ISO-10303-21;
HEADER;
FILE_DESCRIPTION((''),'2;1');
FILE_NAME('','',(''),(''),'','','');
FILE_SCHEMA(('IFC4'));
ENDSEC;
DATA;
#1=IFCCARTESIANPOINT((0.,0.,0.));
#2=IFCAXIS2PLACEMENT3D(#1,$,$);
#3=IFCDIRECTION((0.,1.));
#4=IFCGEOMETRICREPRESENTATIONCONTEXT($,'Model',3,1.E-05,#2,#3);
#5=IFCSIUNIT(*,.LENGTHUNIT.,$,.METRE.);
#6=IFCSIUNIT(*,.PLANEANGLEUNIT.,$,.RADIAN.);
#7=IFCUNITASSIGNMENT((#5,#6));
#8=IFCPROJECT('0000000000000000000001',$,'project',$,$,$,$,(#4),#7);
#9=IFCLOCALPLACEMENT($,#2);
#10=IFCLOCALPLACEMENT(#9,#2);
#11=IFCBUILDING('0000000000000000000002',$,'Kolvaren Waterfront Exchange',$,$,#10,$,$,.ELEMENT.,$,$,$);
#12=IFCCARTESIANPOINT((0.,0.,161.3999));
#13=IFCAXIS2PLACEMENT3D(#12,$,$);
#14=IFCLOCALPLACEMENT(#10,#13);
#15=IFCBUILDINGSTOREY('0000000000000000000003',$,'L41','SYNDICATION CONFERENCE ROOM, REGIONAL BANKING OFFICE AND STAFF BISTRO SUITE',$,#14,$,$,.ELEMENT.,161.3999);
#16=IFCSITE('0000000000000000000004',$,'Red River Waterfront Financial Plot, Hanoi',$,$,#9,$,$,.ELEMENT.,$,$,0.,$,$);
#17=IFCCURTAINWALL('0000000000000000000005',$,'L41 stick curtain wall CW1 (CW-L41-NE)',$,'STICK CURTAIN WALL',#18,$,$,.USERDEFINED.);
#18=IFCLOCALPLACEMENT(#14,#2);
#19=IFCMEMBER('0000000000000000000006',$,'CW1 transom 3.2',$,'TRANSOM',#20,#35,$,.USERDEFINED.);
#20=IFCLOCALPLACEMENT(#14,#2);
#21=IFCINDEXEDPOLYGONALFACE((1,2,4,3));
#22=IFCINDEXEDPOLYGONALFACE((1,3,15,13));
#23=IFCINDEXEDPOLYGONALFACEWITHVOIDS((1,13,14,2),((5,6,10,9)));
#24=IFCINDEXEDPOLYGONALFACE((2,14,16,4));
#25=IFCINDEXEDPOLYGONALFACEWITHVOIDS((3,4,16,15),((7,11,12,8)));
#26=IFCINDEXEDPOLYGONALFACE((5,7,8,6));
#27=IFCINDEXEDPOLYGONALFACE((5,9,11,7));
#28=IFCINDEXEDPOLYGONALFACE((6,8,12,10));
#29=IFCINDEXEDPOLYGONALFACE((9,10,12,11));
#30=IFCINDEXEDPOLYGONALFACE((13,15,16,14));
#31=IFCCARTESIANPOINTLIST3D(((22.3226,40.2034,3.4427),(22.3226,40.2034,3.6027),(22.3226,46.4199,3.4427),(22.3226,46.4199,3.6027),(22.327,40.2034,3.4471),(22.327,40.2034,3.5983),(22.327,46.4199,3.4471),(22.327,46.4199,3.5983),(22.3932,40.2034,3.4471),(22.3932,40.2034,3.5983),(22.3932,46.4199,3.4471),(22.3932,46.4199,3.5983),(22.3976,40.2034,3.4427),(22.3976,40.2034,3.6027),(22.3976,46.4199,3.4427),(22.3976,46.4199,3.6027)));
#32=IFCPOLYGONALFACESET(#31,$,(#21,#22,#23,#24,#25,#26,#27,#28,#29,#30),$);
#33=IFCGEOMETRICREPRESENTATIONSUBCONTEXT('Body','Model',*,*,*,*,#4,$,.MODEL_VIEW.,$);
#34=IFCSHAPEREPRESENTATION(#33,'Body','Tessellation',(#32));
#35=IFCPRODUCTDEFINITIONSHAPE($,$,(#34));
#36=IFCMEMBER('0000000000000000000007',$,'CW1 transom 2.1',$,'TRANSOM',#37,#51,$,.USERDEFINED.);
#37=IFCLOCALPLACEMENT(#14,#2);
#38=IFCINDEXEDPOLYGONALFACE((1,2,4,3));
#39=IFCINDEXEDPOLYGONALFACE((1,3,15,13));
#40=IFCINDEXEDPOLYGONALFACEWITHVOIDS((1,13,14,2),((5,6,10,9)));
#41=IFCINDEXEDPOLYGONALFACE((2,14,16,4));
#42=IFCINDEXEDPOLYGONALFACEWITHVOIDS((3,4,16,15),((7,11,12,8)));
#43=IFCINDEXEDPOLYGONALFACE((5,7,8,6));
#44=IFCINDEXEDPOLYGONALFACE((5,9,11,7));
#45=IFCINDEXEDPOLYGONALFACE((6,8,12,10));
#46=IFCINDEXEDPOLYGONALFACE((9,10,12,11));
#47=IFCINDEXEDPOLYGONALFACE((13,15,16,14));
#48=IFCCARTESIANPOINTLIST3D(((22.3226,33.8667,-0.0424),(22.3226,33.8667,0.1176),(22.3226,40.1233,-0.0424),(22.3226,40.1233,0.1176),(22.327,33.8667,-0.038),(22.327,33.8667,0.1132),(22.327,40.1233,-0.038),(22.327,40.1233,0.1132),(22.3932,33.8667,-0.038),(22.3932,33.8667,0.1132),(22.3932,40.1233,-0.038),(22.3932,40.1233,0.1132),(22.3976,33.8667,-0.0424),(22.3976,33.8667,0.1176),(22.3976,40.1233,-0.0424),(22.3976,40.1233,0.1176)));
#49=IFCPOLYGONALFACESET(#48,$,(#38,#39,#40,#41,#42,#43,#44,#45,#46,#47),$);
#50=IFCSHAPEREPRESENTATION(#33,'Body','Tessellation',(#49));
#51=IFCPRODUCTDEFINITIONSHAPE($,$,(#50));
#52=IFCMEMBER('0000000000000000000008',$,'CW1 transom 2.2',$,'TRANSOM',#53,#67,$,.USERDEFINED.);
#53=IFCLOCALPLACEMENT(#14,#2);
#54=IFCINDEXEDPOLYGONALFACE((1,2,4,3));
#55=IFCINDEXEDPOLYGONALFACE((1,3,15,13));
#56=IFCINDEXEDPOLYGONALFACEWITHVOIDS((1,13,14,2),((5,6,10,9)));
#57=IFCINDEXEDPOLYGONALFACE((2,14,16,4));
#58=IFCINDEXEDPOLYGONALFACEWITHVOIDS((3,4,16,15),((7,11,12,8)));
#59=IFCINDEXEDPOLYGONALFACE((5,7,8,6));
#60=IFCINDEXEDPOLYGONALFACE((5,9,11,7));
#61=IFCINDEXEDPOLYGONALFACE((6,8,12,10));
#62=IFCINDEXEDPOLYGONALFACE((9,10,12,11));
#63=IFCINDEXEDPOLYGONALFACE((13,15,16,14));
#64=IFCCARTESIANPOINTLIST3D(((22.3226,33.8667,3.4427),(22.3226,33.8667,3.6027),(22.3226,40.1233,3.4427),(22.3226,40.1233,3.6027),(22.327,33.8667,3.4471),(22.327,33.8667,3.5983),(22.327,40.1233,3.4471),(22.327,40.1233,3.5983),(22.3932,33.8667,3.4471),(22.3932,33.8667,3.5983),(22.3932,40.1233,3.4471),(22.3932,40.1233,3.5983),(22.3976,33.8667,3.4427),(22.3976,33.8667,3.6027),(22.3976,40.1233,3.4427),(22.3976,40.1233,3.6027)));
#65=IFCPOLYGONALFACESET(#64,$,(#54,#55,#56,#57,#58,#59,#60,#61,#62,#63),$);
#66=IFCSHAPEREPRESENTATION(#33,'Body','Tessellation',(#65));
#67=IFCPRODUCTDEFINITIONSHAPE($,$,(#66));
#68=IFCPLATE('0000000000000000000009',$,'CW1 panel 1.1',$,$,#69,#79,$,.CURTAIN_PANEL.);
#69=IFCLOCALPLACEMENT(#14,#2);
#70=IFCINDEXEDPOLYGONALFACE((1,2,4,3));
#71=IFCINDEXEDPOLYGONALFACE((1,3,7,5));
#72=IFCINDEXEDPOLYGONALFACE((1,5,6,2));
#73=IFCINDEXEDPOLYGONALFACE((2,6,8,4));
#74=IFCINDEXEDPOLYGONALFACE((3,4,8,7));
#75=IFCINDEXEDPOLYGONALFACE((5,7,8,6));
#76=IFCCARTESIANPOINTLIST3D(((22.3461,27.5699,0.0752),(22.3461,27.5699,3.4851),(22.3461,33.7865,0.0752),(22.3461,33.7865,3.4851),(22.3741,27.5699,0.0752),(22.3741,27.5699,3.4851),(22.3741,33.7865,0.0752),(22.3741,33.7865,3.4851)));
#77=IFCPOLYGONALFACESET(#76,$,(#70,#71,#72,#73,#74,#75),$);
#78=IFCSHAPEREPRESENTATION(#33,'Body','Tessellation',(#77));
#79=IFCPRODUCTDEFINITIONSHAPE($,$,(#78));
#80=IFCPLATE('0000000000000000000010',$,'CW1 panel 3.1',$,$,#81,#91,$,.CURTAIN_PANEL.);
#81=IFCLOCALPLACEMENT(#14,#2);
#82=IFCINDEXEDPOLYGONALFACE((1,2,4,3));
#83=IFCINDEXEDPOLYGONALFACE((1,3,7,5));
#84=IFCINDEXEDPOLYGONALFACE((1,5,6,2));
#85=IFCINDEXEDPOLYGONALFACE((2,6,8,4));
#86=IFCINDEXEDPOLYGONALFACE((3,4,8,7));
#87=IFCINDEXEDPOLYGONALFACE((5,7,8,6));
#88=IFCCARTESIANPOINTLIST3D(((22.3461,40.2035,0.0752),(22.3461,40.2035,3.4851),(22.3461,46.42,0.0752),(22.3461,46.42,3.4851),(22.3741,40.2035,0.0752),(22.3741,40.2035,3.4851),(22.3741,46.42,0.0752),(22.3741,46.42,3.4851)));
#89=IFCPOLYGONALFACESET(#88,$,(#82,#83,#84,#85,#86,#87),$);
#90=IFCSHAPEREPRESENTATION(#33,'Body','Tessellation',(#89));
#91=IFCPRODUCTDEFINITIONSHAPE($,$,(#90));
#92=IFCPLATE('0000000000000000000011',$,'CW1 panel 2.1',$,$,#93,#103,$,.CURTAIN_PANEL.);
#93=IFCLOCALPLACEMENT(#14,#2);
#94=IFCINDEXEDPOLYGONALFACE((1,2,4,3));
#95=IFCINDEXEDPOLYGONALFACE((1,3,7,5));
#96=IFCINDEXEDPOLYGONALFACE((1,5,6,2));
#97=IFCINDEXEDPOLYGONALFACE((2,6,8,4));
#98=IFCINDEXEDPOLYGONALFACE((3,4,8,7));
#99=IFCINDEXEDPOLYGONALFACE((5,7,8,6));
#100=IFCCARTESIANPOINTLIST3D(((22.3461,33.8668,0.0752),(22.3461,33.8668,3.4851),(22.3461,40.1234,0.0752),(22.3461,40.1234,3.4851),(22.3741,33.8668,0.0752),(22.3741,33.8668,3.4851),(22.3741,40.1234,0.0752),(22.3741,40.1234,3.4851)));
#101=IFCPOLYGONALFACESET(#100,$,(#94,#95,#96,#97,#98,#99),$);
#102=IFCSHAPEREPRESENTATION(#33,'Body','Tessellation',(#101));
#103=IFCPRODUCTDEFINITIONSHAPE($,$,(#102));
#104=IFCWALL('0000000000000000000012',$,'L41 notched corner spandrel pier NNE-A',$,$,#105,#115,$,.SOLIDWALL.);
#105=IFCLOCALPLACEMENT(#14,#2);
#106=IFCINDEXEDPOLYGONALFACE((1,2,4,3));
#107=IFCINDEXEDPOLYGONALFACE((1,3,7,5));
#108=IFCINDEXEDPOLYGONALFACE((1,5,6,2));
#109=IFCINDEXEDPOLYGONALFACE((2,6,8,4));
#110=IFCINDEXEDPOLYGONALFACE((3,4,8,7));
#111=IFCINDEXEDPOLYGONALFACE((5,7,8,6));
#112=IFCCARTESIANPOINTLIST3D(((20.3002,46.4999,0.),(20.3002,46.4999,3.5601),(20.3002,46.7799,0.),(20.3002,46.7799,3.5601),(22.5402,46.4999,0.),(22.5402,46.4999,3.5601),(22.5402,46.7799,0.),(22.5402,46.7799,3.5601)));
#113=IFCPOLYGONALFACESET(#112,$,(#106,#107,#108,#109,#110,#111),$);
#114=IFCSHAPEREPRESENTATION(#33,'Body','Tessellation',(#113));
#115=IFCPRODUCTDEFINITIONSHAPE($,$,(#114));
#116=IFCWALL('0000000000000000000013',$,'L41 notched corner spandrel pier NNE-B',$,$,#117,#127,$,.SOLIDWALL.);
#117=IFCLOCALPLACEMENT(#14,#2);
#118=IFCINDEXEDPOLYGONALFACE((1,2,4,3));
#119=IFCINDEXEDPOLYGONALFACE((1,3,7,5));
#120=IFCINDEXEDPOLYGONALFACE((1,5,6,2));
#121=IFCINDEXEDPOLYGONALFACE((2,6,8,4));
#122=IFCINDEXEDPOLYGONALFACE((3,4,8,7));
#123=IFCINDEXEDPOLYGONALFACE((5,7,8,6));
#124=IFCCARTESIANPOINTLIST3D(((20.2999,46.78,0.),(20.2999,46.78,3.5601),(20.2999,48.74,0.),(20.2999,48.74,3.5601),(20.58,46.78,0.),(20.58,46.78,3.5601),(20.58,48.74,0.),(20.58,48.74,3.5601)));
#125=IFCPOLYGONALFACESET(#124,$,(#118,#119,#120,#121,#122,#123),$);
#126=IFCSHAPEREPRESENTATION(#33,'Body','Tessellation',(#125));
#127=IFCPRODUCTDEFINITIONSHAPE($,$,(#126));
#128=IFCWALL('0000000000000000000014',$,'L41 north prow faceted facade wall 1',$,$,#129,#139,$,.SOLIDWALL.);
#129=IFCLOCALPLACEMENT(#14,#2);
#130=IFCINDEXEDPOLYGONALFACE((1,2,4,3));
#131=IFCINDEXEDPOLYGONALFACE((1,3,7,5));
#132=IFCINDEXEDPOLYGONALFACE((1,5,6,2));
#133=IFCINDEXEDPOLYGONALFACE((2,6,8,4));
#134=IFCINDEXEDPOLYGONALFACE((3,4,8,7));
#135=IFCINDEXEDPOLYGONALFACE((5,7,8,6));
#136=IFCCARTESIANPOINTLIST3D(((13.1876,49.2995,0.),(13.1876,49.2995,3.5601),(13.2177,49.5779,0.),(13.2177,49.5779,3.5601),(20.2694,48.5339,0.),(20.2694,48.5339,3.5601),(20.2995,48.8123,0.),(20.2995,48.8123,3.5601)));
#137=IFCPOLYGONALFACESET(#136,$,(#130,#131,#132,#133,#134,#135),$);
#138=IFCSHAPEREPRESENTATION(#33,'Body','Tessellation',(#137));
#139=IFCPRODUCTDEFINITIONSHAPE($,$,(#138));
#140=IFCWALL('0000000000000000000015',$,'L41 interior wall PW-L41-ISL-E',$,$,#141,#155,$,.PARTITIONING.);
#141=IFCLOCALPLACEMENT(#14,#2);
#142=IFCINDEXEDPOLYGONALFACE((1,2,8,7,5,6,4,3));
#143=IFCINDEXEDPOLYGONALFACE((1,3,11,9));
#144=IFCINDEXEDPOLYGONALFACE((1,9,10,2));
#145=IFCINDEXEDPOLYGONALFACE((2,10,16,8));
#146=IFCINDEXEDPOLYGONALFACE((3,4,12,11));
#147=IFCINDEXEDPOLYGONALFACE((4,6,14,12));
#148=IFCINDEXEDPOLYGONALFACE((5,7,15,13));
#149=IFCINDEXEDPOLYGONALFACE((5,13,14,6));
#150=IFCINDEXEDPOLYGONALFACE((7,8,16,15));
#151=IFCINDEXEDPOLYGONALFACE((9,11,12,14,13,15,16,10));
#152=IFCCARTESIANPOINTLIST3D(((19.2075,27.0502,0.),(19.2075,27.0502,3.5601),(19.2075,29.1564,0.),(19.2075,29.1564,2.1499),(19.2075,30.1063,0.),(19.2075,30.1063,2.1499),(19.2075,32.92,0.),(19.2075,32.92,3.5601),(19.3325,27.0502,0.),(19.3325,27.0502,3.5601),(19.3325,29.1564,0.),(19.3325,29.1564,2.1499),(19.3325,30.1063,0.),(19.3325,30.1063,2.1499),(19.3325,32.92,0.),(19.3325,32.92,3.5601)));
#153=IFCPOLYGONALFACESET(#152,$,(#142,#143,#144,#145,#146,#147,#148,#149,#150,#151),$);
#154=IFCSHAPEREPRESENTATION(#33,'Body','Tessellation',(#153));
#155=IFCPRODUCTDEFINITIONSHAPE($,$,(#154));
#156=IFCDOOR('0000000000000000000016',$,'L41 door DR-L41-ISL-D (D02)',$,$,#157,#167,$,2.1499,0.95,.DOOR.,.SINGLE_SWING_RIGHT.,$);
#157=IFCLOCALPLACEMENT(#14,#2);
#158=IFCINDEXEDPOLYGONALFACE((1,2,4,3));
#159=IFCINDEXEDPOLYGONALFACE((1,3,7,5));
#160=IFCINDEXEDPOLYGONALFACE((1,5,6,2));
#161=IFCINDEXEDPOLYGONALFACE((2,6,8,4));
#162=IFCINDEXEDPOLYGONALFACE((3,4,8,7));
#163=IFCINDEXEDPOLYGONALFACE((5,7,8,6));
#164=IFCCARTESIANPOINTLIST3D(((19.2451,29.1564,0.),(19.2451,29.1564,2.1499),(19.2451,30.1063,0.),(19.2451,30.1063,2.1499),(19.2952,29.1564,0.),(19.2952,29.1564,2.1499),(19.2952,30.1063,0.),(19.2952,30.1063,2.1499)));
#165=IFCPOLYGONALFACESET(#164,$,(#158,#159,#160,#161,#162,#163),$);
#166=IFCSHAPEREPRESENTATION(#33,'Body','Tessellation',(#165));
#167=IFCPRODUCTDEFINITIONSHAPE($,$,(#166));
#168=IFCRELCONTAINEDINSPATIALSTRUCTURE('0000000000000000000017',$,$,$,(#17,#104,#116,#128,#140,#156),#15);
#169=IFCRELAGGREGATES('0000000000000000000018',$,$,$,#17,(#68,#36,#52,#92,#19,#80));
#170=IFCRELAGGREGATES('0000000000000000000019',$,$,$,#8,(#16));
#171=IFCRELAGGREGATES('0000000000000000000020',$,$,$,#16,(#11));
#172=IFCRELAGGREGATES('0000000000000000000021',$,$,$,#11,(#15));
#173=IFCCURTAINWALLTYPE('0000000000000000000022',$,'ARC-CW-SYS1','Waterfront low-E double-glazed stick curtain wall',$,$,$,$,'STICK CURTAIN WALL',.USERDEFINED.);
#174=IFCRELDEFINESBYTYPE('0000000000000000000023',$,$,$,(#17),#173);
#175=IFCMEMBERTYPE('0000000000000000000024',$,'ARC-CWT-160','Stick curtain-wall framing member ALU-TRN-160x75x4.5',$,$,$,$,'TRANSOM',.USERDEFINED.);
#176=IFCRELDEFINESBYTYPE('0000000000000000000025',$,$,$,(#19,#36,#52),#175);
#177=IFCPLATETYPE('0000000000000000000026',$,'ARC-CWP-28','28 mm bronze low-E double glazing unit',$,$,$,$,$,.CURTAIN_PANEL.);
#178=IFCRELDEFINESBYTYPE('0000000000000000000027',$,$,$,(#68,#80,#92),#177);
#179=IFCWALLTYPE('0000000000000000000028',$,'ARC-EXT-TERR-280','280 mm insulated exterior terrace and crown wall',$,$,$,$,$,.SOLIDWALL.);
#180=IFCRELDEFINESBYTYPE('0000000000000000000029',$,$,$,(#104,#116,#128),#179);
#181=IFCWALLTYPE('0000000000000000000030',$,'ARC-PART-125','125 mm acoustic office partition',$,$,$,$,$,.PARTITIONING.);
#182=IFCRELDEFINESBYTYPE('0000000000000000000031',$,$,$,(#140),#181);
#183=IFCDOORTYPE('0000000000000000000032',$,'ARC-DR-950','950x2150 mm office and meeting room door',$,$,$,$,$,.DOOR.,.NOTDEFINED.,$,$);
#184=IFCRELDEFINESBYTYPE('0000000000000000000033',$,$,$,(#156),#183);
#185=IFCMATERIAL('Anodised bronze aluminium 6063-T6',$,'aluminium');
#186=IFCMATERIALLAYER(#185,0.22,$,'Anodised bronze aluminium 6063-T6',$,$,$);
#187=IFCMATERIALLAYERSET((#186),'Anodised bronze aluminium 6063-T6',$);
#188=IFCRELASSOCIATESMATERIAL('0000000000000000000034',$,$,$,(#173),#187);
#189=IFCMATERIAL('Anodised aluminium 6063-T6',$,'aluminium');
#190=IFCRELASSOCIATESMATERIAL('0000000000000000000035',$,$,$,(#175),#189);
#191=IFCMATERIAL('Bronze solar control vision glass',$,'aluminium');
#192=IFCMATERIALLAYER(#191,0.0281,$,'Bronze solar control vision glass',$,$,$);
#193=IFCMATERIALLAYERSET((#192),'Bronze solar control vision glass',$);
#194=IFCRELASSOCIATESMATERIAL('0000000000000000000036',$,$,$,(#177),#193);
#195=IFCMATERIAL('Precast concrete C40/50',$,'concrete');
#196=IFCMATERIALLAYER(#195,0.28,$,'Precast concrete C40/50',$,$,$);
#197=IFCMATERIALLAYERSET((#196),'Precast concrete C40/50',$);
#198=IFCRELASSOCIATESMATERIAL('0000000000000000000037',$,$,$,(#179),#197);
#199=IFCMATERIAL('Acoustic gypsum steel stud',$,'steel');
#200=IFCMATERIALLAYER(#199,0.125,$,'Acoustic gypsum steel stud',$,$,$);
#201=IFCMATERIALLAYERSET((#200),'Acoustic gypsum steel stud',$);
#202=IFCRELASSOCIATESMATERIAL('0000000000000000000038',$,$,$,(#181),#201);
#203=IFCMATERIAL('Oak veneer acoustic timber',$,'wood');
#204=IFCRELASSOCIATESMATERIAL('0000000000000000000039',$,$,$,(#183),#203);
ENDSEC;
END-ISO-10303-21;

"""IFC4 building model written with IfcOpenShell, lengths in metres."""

from ifc_helpers import new_model, si_unit, direction, frame, frame_2d, origin, origin_with_axes, origin_2d, place, context, subcontext, project, spatial, rectangle, hollow_rectangle, extrude, source, transform, mapped, material, layer, layer_set, material_profile, profile_set, type_object, element, fill, aggregate, save


model = new_model("IFC4")

# Units and contexts
model_context = context("Model", 3, precision=1e-05, world=origin(), true_north=direction((0.0, 1.0)))
body_context = subcontext(model_context, "Body", "Model", "MODEL_VIEW")
ifc_project = project(units=[si_unit("LENGTHUNIT", "METRE"), si_unit("PLANEANGLEUNIT", "RADIAN")], contexts=[model_context])

# Site, building, storey
site_placement = place(None, origin())
site = spatial("IfcSite", under=ifc_project, at=site_placement, Name="Red River Waterfront Financial Plot, Hanoi", CompositionType="ELEMENT", RefElevation=0.0)
building_placement = place(site_placement, origin())
building = spatial("IfcBuilding", under=site, at=building_placement, Name="Kolvaren Waterfront Exchange", CompositionType="ELEMENT")
storey_placement = place(building_placement, frame((0.0, 0.0, 161.3999)))
storey = spatial("IfcBuildingStorey", under=building, at=storey_placement, Name="L41", Description="SYNDICATION CONFERENCE ROOM, REGIONAL BANKING OFFICE AND STAFF BISTRO SUITE", CompositionType="ELEMENT", Elevation=161.3999)

# Curtain wall, members, plates
ifc_material_1 = material(Name="Anodised bronze aluminium 6063-T6", Category="aluminium")
ifc_layer_1 = layer(ifc_material_1, 0.22, Name="Anodised bronze aluminium 6063-T6")
ifc_layer_set_1 = layer_set([ifc_layer_1], Name="Anodised bronze aluminium 6063-T6")
curtain_wall_type = type_object("IfcCurtainWallType", Name="ARC-CW-SYS1", Description="Waterfront low-E double-glazed stick curtain wall", ElementType="STICK CURTAIN WALL", PredefinedType="USERDEFINED", material=ifc_layer_set_1)
curtain_wall_placement = place(storey_placement, origin())
curtain_wall = element("IfcCurtainWall", 1, at=curtain_wall_placement, inside=storey, type_object=curtain_wall_type, Name="L41 stick curtain wall CW1 (CW-L41-NE)", ObjectType="STICK CURTAIN WALL", PredefinedType="USERDEFINED")
ifc_material_2 = material(Name="Anodised aluminium 6063-T6", Category="aluminium")
ifc_material_profile_1 = material_profile(ifc_material_2, hollow_rectangle(XDim=0.075, YDim=0.1599, WallThickness=0.0044, at=origin_2d()), Name="ALU-TRN-160x75x4.5")
ifc_profile_set_1 = profile_set([ifc_material_profile_1], Name="Anodised aluminium 6063-T6")
member_type_1 = type_object("IfcMemberType", Name="ARC-CWT-160", Description="Stick curtain-wall framing member ALU-TRN-160x75x4.5", ElementType="TRANSOM", PredefinedType="USERDEFINED", material=ifc_profile_set_1)
shared_shape_1 = source(origin_with_axes(), body_context, "Body", "SweptSolid", [
    extrude(hollow_rectangle(XDim=0.075, YDim=0.1599, WallThickness=0.0044, at=origin_2d()), origin(), (0.0, 0.0, 1.0), 6.2166),
])
member_1_placement = place(storey_placement, frame((22.3601, 40.2034, 3.5227), z_axis=(0.0, 1.0, 0.0), x_axis=(-1.0, 0.0, 0.0)))
member_1 = element("IfcMember", 2, at=member_1_placement, type_object=member_type_1, Name="CW1 transom 3.2", ObjectType="TRANSOM", PredefinedType="USERDEFINED", context=body_context, shape_type="MappedRepresentation", body=[
    mapped(shared_shape_1, transform((0.0, 0.0, 0.0), x_axis=(1.0, 0.0, 0.0), y_axis=(0.0, 1.0, 0.0), z_axis=(0.0, 0.0, 1.0), scale=1.0)),
])
shared_shape_2 = source(origin_with_axes(), body_context, "Body", "SweptSolid", [
    extrude(hollow_rectangle(XDim=0.075, YDim=0.1599, WallThickness=0.0044, at=origin_2d()), origin(), (0.0, 0.0, 1.0), 6.2566),
])
member_2_placement = place(storey_placement, frame((22.3601, 33.8667, 0.0376), z_axis=(0.0, 1.0, 0.0), x_axis=(-1.0, 0.0, 0.0)))
member_2 = element("IfcMember", 3, at=member_2_placement, type_object=member_type_1, Name="CW1 transom 2.1", ObjectType="TRANSOM", PredefinedType="USERDEFINED", context=body_context, shape_type="MappedRepresentation", body=[
    mapped(shared_shape_2, transform((0.0, 0.0, 0.0), x_axis=(1.0, 0.0, 0.0), y_axis=(0.0, 1.0, 0.0), z_axis=(0.0, 0.0, 1.0), scale=1.0)),
])
member_3_placement = place(storey_placement, frame((22.3601, 33.8667, 3.5227), z_axis=(0.0, 1.0, 0.0), x_axis=(-1.0, 0.0, 0.0)))
member_3 = element("IfcMember", 4, at=member_3_placement, type_object=member_type_1, Name="CW1 transom 2.2", ObjectType="TRANSOM", PredefinedType="USERDEFINED", context=body_context, shape_type="MappedRepresentation", body=[
    mapped(shared_shape_2, transform((0.0, 0.0, 0.0), x_axis=(1.0, 0.0, 0.0), y_axis=(0.0, 1.0, 0.0), z_axis=(0.0, 0.0, 1.0), scale=1.0)),
])
ifc_material_3 = material(Name="Bronze solar control vision glass", Category="aluminium")
ifc_layer_2 = layer(ifc_material_3, 0.0281, Name="Bronze solar control vision glass")
ifc_layer_set_2 = layer_set([ifc_layer_2], Name="Bronze solar control vision glass")
plate_type = type_object("IfcPlateType", Name="ARC-CWP-28", Description="28 mm bronze low-E double glazing unit", PredefinedType="CURTAIN_PANEL", material=ifc_layer_set_2)
shared_shape_3 = source(origin_with_axes(), body_context, "Body", "SweptSolid", [
    extrude(rectangle(XDim=6.2166, YDim=0.0281, at=origin_2d()), origin(), (0.0, 0.0, 1.0), 3.4099),
])
plate_1_placement = place(storey_placement, frame((22.3601, 30.6782, 0.0752), z_axis=(0.0, 0.0, 1.0), x_axis=(0.0, 1.0, 0.0)))
plate_1 = element("IfcPlate", 5, at=plate_1_placement, type_object=plate_type, Name="CW1 panel 1.1", PredefinedType="CURTAIN_PANEL", context=body_context, shape_type="MappedRepresentation", body=[
    mapped(shared_shape_3, transform((0.0, 0.0, 0.0), x_axis=(1.0, 0.0, 0.0), y_axis=(0.0, 1.0, 0.0), z_axis=(0.0, 0.0, 1.0), scale=1.0)),
])
plate_2_placement = place(storey_placement, frame((22.3601, 43.3118, 0.0752), z_axis=(0.0, 0.0, 1.0), x_axis=(0.0, 1.0, 0.0)))
plate_2 = element("IfcPlate", 6, at=plate_2_placement, type_object=plate_type, Name="CW1 panel 3.1", PredefinedType="CURTAIN_PANEL", context=body_context, shape_type="MappedRepresentation", body=[
    mapped(shared_shape_3, transform((0.0, 0.0, 0.0), x_axis=(1.0, 0.0, 0.0), y_axis=(0.0, 1.0, 0.0), z_axis=(0.0, 0.0, 1.0), scale=1.0)),
])
shared_shape_4 = source(origin_with_axes(), body_context, "Body", "SweptSolid", [
    extrude(rectangle(XDim=6.2566, YDim=0.0281, at=origin_2d()), origin(), (0.0, 0.0, 1.0), 3.4099),
])
plate_3_placement = place(storey_placement, frame((22.3601, 36.9951, 0.0752), z_axis=(0.0, 0.0, 1.0), x_axis=(0.0, 1.0, 0.0)))
plate_3 = element("IfcPlate", 7, at=plate_3_placement, type_object=plate_type, Name="CW1 panel 2.1", PredefinedType="CURTAIN_PANEL", context=body_context, shape_type="MappedRepresentation", body=[
    mapped(shared_shape_4, transform((0.0, 0.0, 0.0), x_axis=(1.0, 0.0, 0.0), y_axis=(0.0, 1.0, 0.0), z_axis=(0.0, 0.0, 1.0), scale=1.0)),
])
aggregate(curtain_wall, [plate_1, member_2, member_3, plate_3, member_1, plate_2])

# Walls
ifc_material_4 = material(Name="Precast concrete C40/50", Category="concrete")
ifc_layer_3 = layer(ifc_material_4, 0.28, Name="Precast concrete C40/50")
ifc_layer_set_3 = layer_set([ifc_layer_3], Name="Precast concrete C40/50")
wall_type_1 = type_object("IfcWallType", Name="ARC-EXT-TERR-280", Description="280 mm insulated exterior terrace and crown wall", PredefinedType="SOLIDWALL", material=ifc_layer_set_3)
wall_1_placement = place(storey_placement, frame((20.3, 46.6399, 0.0), z_axis=(0.0, 0.0, 1.0), x_axis=(1.0, 0.0, 0.0)))
element("IfcWall", 8, at=wall_1_placement, inside=storey, type_object=wall_type_1, Name="L41 notched corner spandrel pier NNE-A", PredefinedType="SOLIDWALL", context=body_context, shape_type="SweptSolid", body=[
    extrude(rectangle(XDim=2.24, YDim=0.28, at=frame_2d((1.1201, 0.0))), origin(), (0.0, 0.0, 1.0), 3.5601),
])
wall_2_placement = place(storey_placement, frame((20.4399, 46.78, 0.0), z_axis=(0.0, 0.0, 1.0), x_axis=(0.0, 1.0, 0.0)))
element("IfcWall", 9, at=wall_2_placement, inside=storey, type_object=wall_type_1, Name="L41 notched corner spandrel pier NNE-B", PredefinedType="SOLIDWALL", context=body_context, shape_type="SweptSolid", body=[
    extrude(rectangle(XDim=1.96, YDim=0.28, at=frame_2d((0.98, 0.0))), origin(), (0.0, 0.0, 1.0), 3.5601),
])
wall_3_placement = place(storey_placement, frame((20.2844, 48.6731, 0.0), z_axis=(0.0, 0.0, 1.0), x_axis=(-0.994207, 0.107486, 0.0)))
element("IfcWall", 10, at=wall_3_placement, inside=storey, type_object=wall_type_1, Name="L41 north prow faceted facade wall 1", PredefinedType="SOLIDWALL", context=body_context, shape_type="SweptSolid", body=[
    extrude(rectangle(XDim=7.123, YDim=0.28, at=frame_2d((3.5615, 0.0))), origin(), (0.0, 0.0, 1.0), 3.5601),
])

# Wall, opening, door
ifc_material_5 = material(Name="Acoustic gypsum steel stud", Category="steel")
ifc_layer_4 = layer(ifc_material_5, 0.125, Name="Acoustic gypsum steel stud")
ifc_layer_set_4 = layer_set([ifc_layer_4], Name="Acoustic gypsum steel stud")
wall_type_2 = type_object("IfcWallType", Name="ARC-PART-125", Description="125 mm acoustic office partition", PredefinedType="PARTITIONING", material=ifc_layer_set_4)
wall_4_placement = place(storey_placement, frame((19.27, 27.05, 0.0), z_axis=(0.0, 0.0, 1.0), x_axis=(0.0, 1.0, 0.0)))
wall_4 = element("IfcWall", 11, at=wall_4_placement, inside=storey, type_object=wall_type_2, Name="L41 interior wall PW-L41-ISL-E", PredefinedType="PARTITIONING", context=body_context, shape_type="SweptSolid", body=[
    extrude(rectangle(XDim=5.8699, YDim=0.125, at=frame_2d((2.9351, 0.0))), origin(), (0.0, 0.0, 1.0), 3.5601),
])
opening_placement = place(wall_4_placement, frame((2.1062, 0.0, 0.0)))
opening = element("IfcOpeningElement", 12, at=opening_placement, cuts=wall_4, PredefinedType="OPENING", context=body_context, shape_type="SweptSolid", body=[
    extrude(rectangle(XDim=0.95, YDim=2.1499, at=frame_2d((0.4751, 1.075))), frame((0.0, 0.0725, 0.0), z_axis=(0.0, -1.0, 0.0), x_axis=(1.0, 0.0, 0.0)), (0.0, 0.0, 1.0), 0.145),
])
ifc_material_6 = material(Name="Oak veneer acoustic timber", Category="wood")
door_type = type_object("IfcDoorType", Name="ARC-DR-950", Description="950x2150 mm office and meeting room door", OperationType="NOTDEFINED", PredefinedType="DOOR", material=ifc_material_6)
door_placement = place(opening_placement, origin())
door = element("IfcDoor", 13, at=door_placement, inside=storey, type_object=door_type, Name="L41 door DR-L41-ISL-D (D02)", OperationType="SINGLE_SWING_RIGHT", OverallHeight=2.1499, OverallWidth=0.95, PredefinedType="DOOR", context=body_context, shape_type="SweptSolid", body=[
    extrude(rectangle(XDim=0.95, YDim=2.1499, at=frame_2d((0.4751, 1.075))), frame((0.0, 0.0249, 0.0), z_axis=(0.0, -1.0, 0.0), x_axis=(1.0, 0.0, 0.0)), (0.0, 0.0, 1.0), 0.05),
])
fill(opening, door)

save(model, "model.ifc")
